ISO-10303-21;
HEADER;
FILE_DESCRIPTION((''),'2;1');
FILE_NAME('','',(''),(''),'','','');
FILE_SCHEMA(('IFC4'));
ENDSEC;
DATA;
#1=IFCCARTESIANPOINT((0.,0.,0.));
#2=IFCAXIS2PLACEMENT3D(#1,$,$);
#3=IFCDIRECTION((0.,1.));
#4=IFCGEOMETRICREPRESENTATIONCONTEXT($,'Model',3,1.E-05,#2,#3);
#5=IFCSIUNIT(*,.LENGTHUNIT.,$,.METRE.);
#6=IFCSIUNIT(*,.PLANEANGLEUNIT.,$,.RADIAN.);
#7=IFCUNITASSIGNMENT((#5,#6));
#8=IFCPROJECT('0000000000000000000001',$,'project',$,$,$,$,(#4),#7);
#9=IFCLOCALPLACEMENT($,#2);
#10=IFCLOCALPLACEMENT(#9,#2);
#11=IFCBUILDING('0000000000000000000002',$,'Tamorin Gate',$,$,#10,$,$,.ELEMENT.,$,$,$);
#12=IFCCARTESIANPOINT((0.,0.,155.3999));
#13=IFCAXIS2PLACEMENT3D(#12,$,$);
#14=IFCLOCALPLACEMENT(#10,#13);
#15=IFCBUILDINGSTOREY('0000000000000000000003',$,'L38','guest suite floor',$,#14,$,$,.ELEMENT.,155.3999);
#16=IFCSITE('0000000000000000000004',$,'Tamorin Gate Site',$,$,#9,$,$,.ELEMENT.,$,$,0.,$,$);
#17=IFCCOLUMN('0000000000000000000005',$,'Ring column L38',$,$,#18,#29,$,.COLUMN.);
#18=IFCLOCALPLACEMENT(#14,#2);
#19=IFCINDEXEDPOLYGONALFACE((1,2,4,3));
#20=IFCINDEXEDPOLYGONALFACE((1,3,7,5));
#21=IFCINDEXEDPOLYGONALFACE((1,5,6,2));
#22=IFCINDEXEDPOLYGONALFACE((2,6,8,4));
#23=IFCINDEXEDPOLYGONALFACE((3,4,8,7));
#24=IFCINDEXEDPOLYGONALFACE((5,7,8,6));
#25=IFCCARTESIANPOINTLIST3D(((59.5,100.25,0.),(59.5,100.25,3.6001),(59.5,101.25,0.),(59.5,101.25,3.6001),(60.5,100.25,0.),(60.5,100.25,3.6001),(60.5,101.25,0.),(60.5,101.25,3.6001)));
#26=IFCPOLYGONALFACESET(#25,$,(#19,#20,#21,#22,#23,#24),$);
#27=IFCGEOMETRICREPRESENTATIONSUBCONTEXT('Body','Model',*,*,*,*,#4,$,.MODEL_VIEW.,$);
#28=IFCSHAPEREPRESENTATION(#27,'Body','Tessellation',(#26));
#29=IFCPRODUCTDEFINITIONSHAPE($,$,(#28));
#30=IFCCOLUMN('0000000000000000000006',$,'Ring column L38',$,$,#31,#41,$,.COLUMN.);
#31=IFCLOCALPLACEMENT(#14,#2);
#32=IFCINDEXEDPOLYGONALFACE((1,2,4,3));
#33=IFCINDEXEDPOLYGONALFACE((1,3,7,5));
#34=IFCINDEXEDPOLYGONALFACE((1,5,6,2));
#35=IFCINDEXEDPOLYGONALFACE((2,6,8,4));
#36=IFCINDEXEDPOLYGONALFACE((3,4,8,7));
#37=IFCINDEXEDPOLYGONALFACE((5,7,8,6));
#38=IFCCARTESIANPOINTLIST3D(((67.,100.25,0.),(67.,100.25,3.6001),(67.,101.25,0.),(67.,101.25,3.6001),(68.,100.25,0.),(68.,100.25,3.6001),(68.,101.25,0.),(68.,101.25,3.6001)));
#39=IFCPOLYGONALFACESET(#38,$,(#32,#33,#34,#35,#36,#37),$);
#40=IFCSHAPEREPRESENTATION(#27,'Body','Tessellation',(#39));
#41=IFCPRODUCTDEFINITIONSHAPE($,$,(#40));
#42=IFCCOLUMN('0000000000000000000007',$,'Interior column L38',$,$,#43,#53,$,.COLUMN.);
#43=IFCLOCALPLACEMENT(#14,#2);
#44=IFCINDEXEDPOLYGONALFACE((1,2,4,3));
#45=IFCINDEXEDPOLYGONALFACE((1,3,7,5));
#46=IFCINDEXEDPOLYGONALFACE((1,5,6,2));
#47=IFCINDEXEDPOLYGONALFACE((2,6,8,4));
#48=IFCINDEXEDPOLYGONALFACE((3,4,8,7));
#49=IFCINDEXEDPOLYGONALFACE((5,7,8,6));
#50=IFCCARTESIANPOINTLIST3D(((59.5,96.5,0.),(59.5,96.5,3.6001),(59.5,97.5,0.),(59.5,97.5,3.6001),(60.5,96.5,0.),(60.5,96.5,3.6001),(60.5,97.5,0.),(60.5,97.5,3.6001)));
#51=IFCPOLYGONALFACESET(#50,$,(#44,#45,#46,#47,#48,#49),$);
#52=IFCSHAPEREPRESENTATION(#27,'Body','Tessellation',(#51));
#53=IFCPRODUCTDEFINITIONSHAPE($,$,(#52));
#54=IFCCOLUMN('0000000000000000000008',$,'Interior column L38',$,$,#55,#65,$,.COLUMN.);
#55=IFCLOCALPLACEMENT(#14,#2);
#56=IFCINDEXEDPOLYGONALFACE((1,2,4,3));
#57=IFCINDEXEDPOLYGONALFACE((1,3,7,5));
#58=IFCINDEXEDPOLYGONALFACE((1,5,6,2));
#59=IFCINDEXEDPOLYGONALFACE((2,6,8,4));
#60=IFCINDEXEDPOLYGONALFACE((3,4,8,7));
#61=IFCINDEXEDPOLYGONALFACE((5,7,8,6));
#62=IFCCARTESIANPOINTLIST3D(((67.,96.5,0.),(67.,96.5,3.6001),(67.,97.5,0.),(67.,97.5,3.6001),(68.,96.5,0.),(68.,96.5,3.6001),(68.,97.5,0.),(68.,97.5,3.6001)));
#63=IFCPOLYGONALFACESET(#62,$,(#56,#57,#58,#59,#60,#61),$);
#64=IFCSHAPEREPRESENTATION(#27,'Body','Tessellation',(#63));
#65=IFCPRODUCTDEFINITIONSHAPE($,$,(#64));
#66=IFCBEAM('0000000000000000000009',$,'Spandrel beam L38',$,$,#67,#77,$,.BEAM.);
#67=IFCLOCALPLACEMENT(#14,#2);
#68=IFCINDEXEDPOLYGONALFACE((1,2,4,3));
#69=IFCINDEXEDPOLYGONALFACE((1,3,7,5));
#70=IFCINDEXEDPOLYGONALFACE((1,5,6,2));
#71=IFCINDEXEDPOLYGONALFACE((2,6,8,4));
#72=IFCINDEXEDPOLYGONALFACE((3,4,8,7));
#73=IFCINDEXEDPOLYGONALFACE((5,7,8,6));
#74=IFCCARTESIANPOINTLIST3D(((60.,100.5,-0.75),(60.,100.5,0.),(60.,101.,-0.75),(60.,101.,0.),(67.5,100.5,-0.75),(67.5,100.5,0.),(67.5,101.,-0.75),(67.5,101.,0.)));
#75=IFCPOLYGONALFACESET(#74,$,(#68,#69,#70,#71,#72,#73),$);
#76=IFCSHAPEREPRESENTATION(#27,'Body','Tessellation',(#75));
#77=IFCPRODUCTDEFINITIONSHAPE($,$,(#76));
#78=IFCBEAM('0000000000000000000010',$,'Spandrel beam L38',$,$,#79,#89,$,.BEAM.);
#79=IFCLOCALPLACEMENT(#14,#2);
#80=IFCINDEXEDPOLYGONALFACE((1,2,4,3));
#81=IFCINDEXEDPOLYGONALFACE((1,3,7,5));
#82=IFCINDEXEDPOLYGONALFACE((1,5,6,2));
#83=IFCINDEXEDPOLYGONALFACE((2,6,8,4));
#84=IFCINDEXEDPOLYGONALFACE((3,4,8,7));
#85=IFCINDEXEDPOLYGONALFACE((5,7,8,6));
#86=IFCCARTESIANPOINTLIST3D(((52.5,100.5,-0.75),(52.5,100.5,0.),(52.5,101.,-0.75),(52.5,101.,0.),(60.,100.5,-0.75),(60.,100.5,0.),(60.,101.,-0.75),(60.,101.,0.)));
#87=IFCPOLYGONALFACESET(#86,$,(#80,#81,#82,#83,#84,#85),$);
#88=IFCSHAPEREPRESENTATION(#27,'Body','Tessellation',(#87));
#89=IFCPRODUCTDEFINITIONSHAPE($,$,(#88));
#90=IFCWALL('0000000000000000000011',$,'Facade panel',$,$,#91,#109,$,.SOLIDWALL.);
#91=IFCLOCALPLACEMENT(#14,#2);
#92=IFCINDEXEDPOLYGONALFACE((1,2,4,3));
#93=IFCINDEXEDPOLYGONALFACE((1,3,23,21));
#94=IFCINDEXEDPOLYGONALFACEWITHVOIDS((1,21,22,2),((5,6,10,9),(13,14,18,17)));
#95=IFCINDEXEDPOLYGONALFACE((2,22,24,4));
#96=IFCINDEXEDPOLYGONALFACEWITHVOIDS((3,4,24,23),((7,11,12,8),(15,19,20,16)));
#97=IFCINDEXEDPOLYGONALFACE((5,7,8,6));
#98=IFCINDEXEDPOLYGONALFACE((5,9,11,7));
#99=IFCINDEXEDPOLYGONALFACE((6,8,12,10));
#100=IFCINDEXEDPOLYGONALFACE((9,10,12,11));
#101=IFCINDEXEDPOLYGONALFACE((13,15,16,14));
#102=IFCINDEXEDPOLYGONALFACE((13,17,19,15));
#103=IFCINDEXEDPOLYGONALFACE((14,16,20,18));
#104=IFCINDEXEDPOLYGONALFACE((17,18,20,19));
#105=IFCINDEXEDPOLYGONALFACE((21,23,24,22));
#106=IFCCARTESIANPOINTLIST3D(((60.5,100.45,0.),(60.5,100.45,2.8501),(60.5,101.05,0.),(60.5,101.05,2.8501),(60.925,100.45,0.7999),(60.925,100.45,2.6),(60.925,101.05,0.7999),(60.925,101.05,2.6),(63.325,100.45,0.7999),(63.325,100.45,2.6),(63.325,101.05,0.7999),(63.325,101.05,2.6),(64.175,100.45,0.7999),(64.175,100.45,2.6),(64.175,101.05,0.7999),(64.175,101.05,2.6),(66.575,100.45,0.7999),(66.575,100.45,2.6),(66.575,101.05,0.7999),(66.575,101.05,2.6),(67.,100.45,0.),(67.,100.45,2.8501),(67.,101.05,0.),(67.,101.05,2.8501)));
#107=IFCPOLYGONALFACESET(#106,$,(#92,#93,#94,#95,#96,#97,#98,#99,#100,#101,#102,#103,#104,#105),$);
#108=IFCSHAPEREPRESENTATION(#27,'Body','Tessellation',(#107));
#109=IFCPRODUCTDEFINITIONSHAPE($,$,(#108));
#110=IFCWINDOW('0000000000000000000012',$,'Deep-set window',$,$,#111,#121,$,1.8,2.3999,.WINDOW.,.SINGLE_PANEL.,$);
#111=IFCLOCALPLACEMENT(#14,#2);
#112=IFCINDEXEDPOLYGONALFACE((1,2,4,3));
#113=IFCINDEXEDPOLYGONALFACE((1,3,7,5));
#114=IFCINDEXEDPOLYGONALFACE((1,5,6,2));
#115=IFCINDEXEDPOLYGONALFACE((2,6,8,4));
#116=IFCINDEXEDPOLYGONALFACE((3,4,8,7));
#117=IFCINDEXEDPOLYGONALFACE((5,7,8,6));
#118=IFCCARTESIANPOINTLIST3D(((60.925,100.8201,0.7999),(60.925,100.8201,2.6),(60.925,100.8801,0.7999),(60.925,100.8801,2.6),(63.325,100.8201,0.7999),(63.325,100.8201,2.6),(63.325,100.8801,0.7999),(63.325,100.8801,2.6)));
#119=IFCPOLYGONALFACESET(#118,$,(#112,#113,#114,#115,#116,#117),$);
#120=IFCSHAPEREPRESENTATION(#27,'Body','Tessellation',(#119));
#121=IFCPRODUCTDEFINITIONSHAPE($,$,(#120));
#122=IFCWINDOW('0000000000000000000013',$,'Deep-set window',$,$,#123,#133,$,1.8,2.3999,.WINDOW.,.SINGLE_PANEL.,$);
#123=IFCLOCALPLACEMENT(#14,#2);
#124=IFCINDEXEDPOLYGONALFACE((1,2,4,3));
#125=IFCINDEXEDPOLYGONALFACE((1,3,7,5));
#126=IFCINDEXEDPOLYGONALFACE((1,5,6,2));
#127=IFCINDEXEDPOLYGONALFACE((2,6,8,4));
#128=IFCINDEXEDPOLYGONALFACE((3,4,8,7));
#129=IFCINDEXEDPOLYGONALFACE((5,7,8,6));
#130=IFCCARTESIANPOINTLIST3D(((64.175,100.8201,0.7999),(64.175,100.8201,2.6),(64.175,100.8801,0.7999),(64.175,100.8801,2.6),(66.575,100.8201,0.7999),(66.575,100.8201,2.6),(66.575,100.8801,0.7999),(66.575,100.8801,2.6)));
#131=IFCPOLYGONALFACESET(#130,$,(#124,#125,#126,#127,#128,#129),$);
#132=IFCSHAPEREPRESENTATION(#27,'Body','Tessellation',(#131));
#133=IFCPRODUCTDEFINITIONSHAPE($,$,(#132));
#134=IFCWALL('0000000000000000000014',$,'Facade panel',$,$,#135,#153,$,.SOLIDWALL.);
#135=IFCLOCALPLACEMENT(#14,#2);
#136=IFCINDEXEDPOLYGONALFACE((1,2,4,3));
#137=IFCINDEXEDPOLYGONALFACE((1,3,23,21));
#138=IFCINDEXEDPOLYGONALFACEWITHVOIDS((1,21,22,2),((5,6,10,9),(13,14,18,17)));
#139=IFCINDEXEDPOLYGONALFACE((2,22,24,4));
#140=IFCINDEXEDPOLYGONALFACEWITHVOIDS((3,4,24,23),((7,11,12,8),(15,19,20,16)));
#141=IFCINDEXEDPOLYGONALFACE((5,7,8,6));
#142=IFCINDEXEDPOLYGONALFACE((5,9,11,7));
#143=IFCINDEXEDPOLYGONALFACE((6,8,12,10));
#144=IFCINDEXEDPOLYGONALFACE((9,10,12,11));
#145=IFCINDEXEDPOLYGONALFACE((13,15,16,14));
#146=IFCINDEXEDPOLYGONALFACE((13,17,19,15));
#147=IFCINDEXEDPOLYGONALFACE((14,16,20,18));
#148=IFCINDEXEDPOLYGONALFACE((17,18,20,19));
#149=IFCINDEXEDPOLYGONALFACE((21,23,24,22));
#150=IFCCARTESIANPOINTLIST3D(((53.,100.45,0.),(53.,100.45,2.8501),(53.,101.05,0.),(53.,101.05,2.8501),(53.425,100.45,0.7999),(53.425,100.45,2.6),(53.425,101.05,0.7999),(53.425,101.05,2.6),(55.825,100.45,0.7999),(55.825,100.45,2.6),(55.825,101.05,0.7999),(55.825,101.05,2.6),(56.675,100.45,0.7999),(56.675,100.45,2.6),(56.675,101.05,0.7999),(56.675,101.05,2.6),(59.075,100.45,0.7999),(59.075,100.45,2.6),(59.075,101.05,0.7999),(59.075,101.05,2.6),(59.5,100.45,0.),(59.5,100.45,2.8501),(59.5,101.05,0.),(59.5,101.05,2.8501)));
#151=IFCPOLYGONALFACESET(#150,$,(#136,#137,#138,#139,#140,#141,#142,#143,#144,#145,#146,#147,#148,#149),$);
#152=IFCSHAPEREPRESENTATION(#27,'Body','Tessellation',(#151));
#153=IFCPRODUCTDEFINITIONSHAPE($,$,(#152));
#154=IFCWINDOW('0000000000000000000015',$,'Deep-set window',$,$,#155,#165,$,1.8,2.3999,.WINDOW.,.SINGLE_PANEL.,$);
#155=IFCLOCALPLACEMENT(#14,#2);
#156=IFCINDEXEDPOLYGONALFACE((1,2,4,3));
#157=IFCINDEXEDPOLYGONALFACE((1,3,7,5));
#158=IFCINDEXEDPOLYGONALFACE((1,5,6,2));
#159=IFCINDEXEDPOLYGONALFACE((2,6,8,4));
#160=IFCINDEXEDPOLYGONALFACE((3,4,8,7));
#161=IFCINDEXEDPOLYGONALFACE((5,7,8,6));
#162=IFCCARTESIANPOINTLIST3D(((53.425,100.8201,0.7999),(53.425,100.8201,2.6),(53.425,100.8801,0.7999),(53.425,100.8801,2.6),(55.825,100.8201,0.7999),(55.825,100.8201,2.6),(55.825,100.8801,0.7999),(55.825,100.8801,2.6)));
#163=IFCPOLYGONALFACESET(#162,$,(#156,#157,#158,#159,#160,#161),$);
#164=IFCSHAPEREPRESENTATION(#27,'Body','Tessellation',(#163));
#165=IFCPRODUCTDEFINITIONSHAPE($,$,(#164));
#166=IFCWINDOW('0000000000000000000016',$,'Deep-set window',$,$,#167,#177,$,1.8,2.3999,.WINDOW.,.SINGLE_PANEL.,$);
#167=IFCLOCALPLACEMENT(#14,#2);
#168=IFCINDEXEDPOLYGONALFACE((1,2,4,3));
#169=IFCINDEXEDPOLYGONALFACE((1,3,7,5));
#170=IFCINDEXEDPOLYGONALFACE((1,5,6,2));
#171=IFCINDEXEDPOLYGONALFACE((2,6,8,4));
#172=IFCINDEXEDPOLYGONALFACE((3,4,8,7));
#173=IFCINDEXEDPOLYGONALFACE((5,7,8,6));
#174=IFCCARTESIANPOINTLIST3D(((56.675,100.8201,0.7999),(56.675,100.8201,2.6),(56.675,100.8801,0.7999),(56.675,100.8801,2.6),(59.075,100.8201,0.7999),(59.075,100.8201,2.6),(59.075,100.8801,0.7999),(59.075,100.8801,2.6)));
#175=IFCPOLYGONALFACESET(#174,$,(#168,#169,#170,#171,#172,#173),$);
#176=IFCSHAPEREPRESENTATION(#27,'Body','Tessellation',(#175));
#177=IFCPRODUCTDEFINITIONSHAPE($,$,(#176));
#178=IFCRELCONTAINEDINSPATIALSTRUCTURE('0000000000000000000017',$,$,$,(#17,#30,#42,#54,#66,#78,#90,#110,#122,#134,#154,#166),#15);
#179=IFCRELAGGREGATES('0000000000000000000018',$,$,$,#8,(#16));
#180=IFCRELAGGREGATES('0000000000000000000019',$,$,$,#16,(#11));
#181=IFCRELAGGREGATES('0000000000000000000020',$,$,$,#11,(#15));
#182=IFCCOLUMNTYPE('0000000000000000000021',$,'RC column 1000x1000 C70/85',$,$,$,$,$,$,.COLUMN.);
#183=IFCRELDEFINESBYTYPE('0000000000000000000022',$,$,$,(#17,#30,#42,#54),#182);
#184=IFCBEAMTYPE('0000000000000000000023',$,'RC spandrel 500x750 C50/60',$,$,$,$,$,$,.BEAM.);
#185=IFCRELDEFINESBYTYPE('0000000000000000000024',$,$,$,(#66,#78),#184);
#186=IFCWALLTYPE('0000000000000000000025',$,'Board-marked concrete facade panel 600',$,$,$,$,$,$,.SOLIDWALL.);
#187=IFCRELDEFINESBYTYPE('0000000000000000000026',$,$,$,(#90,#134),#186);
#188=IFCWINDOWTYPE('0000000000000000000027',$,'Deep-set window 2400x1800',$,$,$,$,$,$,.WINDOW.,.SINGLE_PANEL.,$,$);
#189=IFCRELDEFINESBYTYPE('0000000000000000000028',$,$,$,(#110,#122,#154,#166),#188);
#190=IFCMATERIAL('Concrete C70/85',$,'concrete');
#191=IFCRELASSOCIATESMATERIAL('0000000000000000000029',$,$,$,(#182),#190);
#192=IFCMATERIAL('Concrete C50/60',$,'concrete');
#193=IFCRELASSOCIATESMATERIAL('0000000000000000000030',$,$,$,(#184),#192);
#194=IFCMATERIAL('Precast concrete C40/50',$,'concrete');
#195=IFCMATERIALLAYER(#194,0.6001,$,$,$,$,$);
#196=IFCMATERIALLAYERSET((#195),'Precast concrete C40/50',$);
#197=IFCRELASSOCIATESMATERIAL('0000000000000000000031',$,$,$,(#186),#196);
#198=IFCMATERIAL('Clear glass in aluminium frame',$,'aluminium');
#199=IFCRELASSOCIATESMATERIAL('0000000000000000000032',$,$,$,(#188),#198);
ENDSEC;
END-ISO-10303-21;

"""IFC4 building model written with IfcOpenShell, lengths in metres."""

from ifc_helpers import new_model, si_unit, direction, frame, frame_2d, origin, origin_2d, place, context, subcontext, project, spatial, rectangle, extrude, material, layer, layer_set, material_profile, profile_set, type_object, element, fill, save


model = new_model("IFC4")

# Units and contexts
model_context = context("Model", 3, precision=1e-05, world=origin(), true_north=direction((0.0, 1.0)))
body_context = subcontext(model_context, "Body", "Model", "MODEL_VIEW")
ifc_project = project(units=[si_unit("LENGTHUNIT", "METRE"), si_unit("PLANEANGLEUNIT", "RADIAN")], contexts=[model_context])

# Site, building, storey
site_placement = place(None, origin())
site = spatial("IfcSite", under=ifc_project, at=site_placement, Name="Tamorin Gate Site", CompositionType="ELEMENT", RefElevation=0.0)
building_placement = place(site_placement, origin())
building = spatial("IfcBuilding", under=site, at=building_placement, Name="Tamorin Gate", CompositionType="ELEMENT")
storey_placement = place(building_placement, frame((0.0, 0.0, 155.3999)))
storey = spatial("IfcBuildingStorey", under=building, at=storey_placement, Name="L38", Description="guest suite floor", CompositionType="ELEMENT", Elevation=155.3999)

# Columns
ifc_material_1 = material(Name="Concrete C70/85", Category="concrete")
ifc_material_profile_1 = material_profile(ifc_material_1, rectangle(XDim=1.0, YDim=1.0, at=origin_2d()), Name="RC 1000x1000")
ifc_profile_set_1 = profile_set([ifc_material_profile_1], Name="Concrete C70/85")
column_type = type_object("IfcColumnType", Name="RC column 1000x1000 C70/85", PredefinedType="COLUMN", material=ifc_profile_set_1)
for number, where, z_axis, x_axis, name in (
    (1, (60.0, 100.75, 0.0), (0.0, 0.0, 1.0), (1.0, 0.0, 0.0), "Ring column L38"),
    (2, (67.5, 100.75, 0.0), (0.0, 0.0, 1.0), (1.0, 0.0, 0.0), "Ring column L38"),
    (3, (60.0, 97.0, 0.0), (0.0, 0.0, 1.0), (1.0, 0.0, 0.0), "Interior column L38"),
    (4, (67.5, 97.0, 0.0), (0.0, 0.0, 1.0), (1.0, 0.0, 0.0), "Interior column L38"),
):
    element("IfcColumn", number, at=place(storey_placement, frame(where, z_axis=z_axis, x_axis=x_axis)), inside=storey, type_object=column_type, Name=name, PredefinedType="COLUMN", context=body_context, shape_type="SweptSolid", body=[
        extrude(rectangle(XDim=1.0, YDim=1.0, at=origin_2d()), origin(), (0.0, 0.0, 1.0), 3.6001),
    ])

# Beams
ifc_material_2 = material(Name="Concrete C50/60", Category="concrete")
ifc_material_profile_2 = material_profile(ifc_material_2, rectangle(XDim=0.5, YDim=0.75, at=origin_2d()), Name="RC 500x750")
ifc_profile_set_2 = profile_set([ifc_material_profile_2], Name="Concrete C50/60")
beam_type = type_object("IfcBeamType", Name="RC spandrel 500x750 C50/60", PredefinedType="BEAM", material=ifc_profile_set_2)
for number, where, z_axis, x_axis, name in (
    (5, (67.5, 100.75, -0.375), (-1.0, 0.0, 0.0), (0.0, -1.0, 0.0), "Spandrel beam L38"),
    (6, (60.0, 100.75, -0.375), (-1.0, 0.0, 0.0), (0.0, -1.0, 0.0), "Spandrel beam L38"),
):
    element("IfcBeam", number, at=place(storey_placement, frame(where, z_axis=z_axis, x_axis=x_axis)), inside=storey, type_object=beam_type, Name=name, PredefinedType="BEAM", context=body_context, shape_type="SweptSolid", body=[
        extrude(rectangle(XDim=0.5, YDim=0.75, at=origin_2d()), origin(), (0.0, 0.0, 1.0), 7.5),
    ])

# Walls, openings, windows
ifc_material_3 = material(Name="Precast concrete C40/50", Category="concrete")
ifc_layer_1 = layer(ifc_material_3, 0.6001)
ifc_layer_set_1 = layer_set([ifc_layer_1], Name="Precast concrete C40/50")
wall_type_1 = type_object("IfcWallType", Name="Board-marked concrete facade panel 600", PredefinedType="SOLIDWALL", material=ifc_layer_set_1)
wall_1_placement = place(storey_placement, frame((67.0, 100.75, 0.0), z_axis=(0.0, 0.0, 1.0), x_axis=(-1.0, 0.0, 0.0)))
wall_1 = element("IfcWall", 7, at=wall_1_placement, inside=storey, type_object=wall_type_1, Name="Facade panel", PredefinedType="SOLIDWALL", context=body_context, shape_type="SweptSolid", body=[
    extrude(rectangle(XDim=6.5, YDim=0.6001, at=frame_2d((3.25, 0.0))), origin(), (0.0, 0.0, 1.0), 2.8501),
])
opening_1_placement = place(wall_1_placement, frame((3.675, 0.0, 0.8)))
opening_1 = element("IfcOpeningElement", 8, at=opening_1_placement, cuts=wall_1, PredefinedType="OPENING", context=body_context, shape_type="SweptSolid", body=[
    extrude(rectangle(XDim=2.3999, YDim=1.8, at=frame_2d((1.2, 0.8999))), frame((0.0, 0.3101, 0.0), z_axis=(0.0, -1.0, 0.0), x_axis=(1.0, 0.0, 0.0)), (0.0, 0.0, 1.0), 0.6201),
])
opening_2_placement = place(wall_1_placement, frame((0.425, 0.0, 0.8)))
opening_2 = element("IfcOpeningElement", 9, at=opening_2_placement, cuts=wall_1, PredefinedType="OPENING", context=body_context, shape_type="SweptSolid", body=[
    extrude(rectangle(XDim=2.3999, YDim=1.8, at=frame_2d((1.2, 0.8999))), frame((0.0, 0.3101, 0.0), z_axis=(0.0, -1.0, 0.0), x_axis=(1.0, 0.0, 0.0)), (0.0, 0.0, 1.0), 0.6201),
])
ifc_material_4 = material(Name="Clear glass in aluminium frame", Category="aluminium")
window_type = type_object("IfcWindowType", Name="Deep-set window 2400x1800", PartitioningType="SINGLE_PANEL", PredefinedType="WINDOW", material=ifc_material_4)
window_1_placement = place(opening_1_placement, origin())
window_1 = element("IfcWindow", 10, at=window_1_placement, inside=storey, type_object=window_type, Name="Deep-set window", OverallHeight=1.8, OverallWidth=2.3999, PartitioningType="SINGLE_PANEL", PredefinedType="WINDOW", context=body_context, shape_type="SweptSolid", body=[
    extrude(rectangle(XDim=2.3999, YDim=1.8, at=frame_2d((1.2, 0.8999))), frame((0.0, -0.0701, 0.0), z_axis=(0.0, -1.0, 0.0), x_axis=(1.0, 0.0, 0.0)), (0.0, 0.0, 1.0), 0.0601),
])
fill(opening_1, window_1)
window_2_placement = place(opening_2_placement, origin())
window_2 = element("IfcWindow", 11, at=window_2_placement, inside=storey, type_object=window_type, Name="Deep-set window", OverallHeight=1.8, OverallWidth=2.3999, PartitioningType="SINGLE_PANEL", PredefinedType="WINDOW", context=body_context, shape_type="SweptSolid", body=[
    extrude(rectangle(XDim=2.3999, YDim=1.8, at=frame_2d((1.2, 0.8999))), frame((0.0, -0.0701, 0.0), z_axis=(0.0, -1.0, 0.0), x_axis=(1.0, 0.0, 0.0)), (0.0, 0.0, 1.0), 0.0601),
])
fill(opening_2, window_2)
wall_2_placement = place(storey_placement, frame((59.5, 100.75, 0.0), z_axis=(0.0, 0.0, 1.0), x_axis=(-1.0, 0.0, 0.0)))
wall_2 = element("IfcWall", 12, at=wall_2_placement, inside=storey, type_object=wall_type_1, Name="Facade panel", PredefinedType="SOLIDWALL", context=body_context, shape_type="SweptSolid", body=[
    extrude(rectangle(XDim=6.5, YDim=0.6001, at=frame_2d((3.25, 0.0))), origin(), (0.0, 0.0, 1.0), 2.8501),
])
opening_3_placement = place(wall_2_placement, frame((3.675, 0.0, 0.8)))
opening_3 = element("IfcOpeningElement", 13, at=opening_3_placement, cuts=wall_2, PredefinedType="OPENING", context=body_context, shape_type="SweptSolid", body=[
    extrude(rectangle(XDim=2.3999, YDim=1.8, at=frame_2d((1.2, 0.8999))), frame((0.0, 0.3101, 0.0), z_axis=(0.0, -1.0, 0.0), x_axis=(1.0, 0.0, 0.0)), (0.0, 0.0, 1.0), 0.6201),
])
opening_4_placement = place(wall_2_placement, frame((0.425, 0.0, 0.8)))
opening_4 = element("IfcOpeningElement", 14, at=opening_4_placement, cuts=wall_2, PredefinedType="OPENING", context=body_context, shape_type="SweptSolid", body=[
    extrude(rectangle(XDim=2.3999, YDim=1.8, at=frame_2d((1.2, 0.8999))), frame((0.0, 0.3101, 0.0), z_axis=(0.0, -1.0, 0.0), x_axis=(1.0, 0.0, 0.0)), (0.0, 0.0, 1.0), 0.6201),
])
window_3_placement = place(opening_3_placement, origin())
window_3 = element("IfcWindow", 15, at=window_3_placement, inside=storey, type_object=window_type, Name="Deep-set window", OverallHeight=1.8, OverallWidth=2.3999, PartitioningType="SINGLE_PANEL", PredefinedType="WINDOW", context=body_context, shape_type="SweptSolid", body=[
    extrude(rectangle(XDim=2.3999, YDim=1.8, at=frame_2d((1.2, 0.8999))), frame((0.0, -0.0701, 0.0), z_axis=(0.0, -1.0, 0.0), x_axis=(1.0, 0.0, 0.0)), (0.0, 0.0, 1.0), 0.0601),
])
fill(opening_3, window_3)
window_4_placement = place(opening_4_placement, origin())
window_4 = element("IfcWindow", 16, at=window_4_placement, inside=storey, type_object=window_type, Name="Deep-set window", OverallHeight=1.8, OverallWidth=2.3999, PartitioningType="SINGLE_PANEL", PredefinedType="WINDOW", context=body_context, shape_type="SweptSolid", body=[
    extrude(rectangle(XDim=2.3999, YDim=1.8, at=frame_2d((1.2, 0.8999))), frame((0.0, -0.0701, 0.0), z_axis=(0.0, -1.0, 0.0), x_axis=(1.0, 0.0, 0.0)), (0.0, 0.0, 1.0), 0.0601),
])
fill(opening_4, window_4)

save(model, "model.ifc")
